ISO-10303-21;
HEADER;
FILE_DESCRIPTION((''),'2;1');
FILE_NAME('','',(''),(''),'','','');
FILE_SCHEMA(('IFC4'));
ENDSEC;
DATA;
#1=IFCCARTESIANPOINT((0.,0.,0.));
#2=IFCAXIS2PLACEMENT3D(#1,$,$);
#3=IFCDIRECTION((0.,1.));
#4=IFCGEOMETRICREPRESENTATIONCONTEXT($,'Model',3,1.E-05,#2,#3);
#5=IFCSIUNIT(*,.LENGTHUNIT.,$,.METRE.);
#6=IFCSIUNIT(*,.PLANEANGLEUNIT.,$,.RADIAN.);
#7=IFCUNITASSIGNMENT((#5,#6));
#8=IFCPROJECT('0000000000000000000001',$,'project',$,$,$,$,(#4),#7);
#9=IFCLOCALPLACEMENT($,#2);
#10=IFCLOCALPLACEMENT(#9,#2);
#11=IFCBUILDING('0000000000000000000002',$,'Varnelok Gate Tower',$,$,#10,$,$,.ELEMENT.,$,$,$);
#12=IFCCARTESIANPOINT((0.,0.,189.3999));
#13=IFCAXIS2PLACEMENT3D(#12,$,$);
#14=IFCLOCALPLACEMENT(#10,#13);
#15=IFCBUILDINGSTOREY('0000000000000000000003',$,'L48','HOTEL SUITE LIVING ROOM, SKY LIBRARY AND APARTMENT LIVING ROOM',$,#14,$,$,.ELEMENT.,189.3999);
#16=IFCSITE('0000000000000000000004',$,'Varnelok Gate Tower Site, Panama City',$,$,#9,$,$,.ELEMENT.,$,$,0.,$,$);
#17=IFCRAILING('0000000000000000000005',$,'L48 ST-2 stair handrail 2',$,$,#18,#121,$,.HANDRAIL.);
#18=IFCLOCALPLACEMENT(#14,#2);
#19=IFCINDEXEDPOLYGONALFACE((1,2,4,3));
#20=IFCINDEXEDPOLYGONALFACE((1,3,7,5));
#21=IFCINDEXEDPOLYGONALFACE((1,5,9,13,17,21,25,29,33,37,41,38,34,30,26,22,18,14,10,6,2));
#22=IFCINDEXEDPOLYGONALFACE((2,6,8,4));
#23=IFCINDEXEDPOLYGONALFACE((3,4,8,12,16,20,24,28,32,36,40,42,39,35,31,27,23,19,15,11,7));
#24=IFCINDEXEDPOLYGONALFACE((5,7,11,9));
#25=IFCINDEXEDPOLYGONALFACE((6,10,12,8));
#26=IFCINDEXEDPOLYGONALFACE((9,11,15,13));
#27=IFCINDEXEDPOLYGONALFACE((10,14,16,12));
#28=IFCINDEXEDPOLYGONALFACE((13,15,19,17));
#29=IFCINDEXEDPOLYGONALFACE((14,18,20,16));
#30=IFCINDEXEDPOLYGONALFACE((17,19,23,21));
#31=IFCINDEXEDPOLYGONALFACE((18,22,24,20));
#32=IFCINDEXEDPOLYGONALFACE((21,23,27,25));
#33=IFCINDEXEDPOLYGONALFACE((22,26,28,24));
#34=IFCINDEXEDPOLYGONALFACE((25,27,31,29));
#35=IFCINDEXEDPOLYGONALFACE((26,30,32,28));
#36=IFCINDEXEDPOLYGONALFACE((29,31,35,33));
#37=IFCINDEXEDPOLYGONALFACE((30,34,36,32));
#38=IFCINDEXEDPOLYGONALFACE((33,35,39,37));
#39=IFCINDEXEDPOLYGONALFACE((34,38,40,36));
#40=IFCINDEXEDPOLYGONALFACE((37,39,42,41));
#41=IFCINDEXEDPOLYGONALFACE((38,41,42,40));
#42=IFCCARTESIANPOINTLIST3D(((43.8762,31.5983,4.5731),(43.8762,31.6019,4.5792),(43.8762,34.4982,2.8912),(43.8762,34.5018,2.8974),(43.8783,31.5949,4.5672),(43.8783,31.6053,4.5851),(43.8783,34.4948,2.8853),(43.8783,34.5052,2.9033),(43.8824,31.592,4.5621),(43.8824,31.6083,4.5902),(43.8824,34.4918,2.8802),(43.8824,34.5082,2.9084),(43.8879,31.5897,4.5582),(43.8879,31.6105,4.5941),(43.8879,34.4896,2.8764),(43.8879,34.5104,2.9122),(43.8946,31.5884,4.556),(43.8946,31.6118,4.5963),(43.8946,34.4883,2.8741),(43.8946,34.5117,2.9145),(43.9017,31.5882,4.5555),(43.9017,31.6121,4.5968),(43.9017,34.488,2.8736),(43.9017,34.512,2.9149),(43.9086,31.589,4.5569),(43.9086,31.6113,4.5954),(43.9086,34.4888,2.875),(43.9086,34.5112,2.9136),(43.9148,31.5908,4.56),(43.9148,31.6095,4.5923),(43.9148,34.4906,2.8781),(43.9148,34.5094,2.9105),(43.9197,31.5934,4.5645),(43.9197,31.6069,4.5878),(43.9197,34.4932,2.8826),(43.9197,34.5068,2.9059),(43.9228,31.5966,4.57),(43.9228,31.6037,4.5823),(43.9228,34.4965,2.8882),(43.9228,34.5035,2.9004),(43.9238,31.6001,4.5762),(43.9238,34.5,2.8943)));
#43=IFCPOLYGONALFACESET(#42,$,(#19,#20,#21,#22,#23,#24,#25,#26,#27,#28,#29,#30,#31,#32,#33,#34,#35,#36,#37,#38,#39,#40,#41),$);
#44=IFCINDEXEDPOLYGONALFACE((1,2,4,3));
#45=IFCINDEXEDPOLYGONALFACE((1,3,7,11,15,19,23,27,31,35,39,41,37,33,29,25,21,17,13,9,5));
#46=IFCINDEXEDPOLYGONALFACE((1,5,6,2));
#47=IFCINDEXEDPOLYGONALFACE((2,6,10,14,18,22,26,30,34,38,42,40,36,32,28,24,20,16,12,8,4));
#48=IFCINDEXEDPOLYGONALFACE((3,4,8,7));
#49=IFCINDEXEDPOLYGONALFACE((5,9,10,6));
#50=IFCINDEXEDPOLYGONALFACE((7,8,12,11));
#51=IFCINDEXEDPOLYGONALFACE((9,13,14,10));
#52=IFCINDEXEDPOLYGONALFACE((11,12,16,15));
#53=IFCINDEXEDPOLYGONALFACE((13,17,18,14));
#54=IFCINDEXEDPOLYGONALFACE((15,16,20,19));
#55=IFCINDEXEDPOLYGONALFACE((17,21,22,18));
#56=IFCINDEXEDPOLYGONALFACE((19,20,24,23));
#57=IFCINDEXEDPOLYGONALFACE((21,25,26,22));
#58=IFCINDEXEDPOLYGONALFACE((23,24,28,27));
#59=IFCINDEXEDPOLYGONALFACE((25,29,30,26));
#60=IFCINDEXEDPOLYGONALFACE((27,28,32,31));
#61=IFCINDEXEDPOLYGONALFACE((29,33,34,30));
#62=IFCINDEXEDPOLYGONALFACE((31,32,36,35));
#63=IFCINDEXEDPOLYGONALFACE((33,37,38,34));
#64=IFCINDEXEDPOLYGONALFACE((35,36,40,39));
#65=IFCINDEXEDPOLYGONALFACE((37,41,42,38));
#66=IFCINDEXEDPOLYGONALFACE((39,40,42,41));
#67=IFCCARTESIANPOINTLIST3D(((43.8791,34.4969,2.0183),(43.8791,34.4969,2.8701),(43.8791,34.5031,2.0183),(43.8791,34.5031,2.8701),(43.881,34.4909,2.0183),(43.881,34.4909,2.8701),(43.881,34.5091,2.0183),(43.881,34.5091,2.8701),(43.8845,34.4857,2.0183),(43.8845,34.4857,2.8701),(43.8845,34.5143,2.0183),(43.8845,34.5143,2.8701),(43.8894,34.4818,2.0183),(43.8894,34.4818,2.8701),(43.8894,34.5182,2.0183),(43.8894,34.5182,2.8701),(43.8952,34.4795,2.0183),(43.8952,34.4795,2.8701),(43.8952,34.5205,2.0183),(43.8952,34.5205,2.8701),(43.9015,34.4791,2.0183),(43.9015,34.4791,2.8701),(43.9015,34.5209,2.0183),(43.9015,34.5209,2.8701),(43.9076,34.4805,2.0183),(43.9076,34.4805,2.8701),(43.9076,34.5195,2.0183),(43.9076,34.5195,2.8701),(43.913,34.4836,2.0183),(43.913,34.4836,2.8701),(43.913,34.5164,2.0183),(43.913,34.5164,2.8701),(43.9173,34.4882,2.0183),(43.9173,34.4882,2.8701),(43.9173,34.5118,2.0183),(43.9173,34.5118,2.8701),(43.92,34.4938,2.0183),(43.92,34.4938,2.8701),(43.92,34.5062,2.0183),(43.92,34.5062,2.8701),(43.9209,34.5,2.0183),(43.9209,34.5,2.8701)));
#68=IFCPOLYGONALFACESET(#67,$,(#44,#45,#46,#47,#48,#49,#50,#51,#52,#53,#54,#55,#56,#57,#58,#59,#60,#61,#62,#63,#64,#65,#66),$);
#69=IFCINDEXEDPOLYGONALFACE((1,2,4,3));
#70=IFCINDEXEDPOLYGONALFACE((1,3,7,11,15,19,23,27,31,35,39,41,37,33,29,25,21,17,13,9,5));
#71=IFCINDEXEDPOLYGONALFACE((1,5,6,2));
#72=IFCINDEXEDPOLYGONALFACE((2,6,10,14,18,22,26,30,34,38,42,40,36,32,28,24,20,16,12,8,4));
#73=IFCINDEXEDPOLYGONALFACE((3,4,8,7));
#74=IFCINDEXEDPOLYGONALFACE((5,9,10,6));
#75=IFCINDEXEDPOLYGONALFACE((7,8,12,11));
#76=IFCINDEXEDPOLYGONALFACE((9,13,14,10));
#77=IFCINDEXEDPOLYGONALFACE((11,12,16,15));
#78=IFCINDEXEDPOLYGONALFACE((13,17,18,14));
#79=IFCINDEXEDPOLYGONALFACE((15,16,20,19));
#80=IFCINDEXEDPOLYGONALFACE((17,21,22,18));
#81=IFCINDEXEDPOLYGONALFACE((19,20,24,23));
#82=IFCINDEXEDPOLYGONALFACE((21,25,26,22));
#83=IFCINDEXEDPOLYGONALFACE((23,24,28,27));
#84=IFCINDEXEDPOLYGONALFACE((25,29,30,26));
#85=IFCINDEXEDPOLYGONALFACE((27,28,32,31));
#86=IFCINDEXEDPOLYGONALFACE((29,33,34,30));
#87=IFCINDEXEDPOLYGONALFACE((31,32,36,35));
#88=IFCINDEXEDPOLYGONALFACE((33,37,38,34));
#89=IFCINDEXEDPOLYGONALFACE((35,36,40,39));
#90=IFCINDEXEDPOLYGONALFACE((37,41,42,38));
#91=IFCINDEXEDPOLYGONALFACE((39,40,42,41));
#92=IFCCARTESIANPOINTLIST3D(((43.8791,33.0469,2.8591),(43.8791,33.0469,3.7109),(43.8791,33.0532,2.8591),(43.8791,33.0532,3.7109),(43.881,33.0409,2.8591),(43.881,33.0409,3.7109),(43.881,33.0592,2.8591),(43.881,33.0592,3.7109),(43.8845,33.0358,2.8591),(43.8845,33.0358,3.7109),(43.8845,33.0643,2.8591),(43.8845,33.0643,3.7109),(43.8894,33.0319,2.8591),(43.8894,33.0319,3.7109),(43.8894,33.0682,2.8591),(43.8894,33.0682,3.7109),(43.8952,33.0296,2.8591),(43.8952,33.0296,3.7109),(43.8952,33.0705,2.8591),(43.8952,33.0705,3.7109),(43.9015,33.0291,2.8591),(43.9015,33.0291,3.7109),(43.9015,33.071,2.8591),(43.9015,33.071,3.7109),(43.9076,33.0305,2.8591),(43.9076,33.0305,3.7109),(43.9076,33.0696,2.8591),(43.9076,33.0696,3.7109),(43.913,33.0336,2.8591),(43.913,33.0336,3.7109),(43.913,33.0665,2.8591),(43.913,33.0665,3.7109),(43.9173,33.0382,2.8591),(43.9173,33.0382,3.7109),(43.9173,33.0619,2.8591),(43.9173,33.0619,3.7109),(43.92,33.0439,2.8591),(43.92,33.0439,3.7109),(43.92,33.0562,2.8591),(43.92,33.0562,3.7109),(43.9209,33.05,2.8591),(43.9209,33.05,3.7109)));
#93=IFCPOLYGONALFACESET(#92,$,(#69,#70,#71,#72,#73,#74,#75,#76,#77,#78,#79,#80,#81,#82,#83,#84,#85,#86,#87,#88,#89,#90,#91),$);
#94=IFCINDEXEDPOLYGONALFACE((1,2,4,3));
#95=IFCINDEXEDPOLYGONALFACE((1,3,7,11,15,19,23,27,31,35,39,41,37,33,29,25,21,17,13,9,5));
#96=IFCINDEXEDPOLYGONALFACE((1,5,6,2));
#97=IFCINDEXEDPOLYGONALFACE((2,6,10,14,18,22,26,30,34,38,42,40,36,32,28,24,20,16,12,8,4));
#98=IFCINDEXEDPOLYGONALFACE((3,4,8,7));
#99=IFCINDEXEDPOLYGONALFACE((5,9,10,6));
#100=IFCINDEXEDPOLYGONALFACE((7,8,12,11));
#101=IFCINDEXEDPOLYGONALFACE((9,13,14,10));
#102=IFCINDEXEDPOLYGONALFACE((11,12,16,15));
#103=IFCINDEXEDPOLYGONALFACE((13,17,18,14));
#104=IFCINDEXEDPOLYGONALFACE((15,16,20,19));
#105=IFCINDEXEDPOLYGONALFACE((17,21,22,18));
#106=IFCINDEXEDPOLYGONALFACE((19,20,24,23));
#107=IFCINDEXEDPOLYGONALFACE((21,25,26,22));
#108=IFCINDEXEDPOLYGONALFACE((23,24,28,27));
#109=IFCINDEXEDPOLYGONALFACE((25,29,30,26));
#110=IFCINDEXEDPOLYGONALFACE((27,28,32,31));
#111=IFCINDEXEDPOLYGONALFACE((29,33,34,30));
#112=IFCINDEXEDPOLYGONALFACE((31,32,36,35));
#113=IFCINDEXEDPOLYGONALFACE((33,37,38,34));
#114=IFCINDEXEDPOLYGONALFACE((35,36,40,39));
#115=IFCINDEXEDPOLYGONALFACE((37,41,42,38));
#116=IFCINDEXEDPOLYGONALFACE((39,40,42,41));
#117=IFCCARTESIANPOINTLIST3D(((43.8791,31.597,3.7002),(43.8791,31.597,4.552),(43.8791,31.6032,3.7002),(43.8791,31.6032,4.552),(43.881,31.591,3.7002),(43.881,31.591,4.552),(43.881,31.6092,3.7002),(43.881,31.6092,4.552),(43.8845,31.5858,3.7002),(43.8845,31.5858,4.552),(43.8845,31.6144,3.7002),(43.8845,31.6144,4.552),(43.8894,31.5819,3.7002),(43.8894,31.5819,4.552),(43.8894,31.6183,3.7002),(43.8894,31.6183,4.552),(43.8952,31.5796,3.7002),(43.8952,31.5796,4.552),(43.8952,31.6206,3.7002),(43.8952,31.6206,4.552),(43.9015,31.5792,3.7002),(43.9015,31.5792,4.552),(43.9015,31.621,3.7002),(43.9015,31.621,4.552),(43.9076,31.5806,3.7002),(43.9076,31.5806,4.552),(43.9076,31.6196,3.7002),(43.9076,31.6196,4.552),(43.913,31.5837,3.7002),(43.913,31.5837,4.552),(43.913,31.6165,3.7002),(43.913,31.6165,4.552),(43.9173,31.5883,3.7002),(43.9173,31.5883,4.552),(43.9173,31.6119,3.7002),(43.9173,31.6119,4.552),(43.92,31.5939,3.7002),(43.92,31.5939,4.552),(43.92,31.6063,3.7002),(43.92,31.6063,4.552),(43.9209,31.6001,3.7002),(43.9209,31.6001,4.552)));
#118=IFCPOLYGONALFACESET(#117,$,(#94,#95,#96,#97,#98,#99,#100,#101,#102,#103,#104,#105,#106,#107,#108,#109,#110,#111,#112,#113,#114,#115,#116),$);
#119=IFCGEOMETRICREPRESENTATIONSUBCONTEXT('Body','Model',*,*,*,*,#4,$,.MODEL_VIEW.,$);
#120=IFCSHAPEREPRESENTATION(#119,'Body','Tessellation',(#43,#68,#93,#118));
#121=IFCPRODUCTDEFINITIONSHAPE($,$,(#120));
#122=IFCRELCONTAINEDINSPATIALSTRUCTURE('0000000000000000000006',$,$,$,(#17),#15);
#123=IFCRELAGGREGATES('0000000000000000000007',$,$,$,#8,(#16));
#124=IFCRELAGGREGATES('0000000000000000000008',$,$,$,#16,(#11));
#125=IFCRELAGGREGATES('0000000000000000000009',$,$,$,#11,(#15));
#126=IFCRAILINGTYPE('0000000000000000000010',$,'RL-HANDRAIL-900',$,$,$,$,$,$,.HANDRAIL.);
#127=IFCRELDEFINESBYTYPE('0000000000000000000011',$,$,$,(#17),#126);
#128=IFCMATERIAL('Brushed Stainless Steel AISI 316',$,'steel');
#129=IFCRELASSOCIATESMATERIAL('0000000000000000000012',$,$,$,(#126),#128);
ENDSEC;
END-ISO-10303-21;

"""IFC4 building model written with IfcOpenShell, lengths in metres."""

from ifc_helpers import new_model, si_unit, direction, frame, origin, origin_2d, place, context, subcontext, project, spatial, circle, extrude, material, type_object, element, save


model = new_model("IFC4")

# Units and contexts
model_context = context("Model", 3, precision=1e-05, world=origin(), true_north=direction((0.0, 1.0)))
body_context = subcontext(model_context, "Body", "Model", "MODEL_VIEW")
ifc_project = project(units=[si_unit("LENGTHUNIT", "METRE"), si_unit("PLANEANGLEUNIT", "RADIAN")], contexts=[model_context])

# Site, building, storey
site_placement = place(None, origin())
site = spatial("IfcSite", under=ifc_project, at=site_placement, Name="Varnelok Gate Tower Site, Panama City", CompositionType="ELEMENT", RefElevation=0.0)
building_placement = place(site_placement, origin())
building = spatial("IfcBuilding", under=site, at=building_placement, Name="Varnelok Gate Tower", CompositionType="ELEMENT")
storey_placement = place(building_placement, frame((0.0, 0.0, 189.3999)))
storey = spatial("IfcBuildingStorey", under=building, at=storey_placement, Name="L48", Description="HOTEL SUITE LIVING ROOM, SKY LIBRARY AND APARTMENT LIVING ROOM", CompositionType="ELEMENT", Elevation=189.3999)

# Railing
ifc_material_1 = material(Name="Brushed Stainless Steel AISI 316", Category="steel")
railing_type_1 = type_object("IfcRailingType", Name="RL-HANDRAIL-900", PredefinedType="HANDRAIL", material=ifc_material_1)
railing_1_placement = place(storey_placement, frame((43.8999, 34.5, 2.0183)))
element("IfcRailing", 1, at=railing_1_placement, inside=storey, type_object=railing_type_1, Name="L48 ST-2 stair handrail 2", PredefinedType="HANDRAIL", context=body_context, shape_type="SweptSolid", body=[
    extrude(circle(Radius=0.0239, at=origin_2d()), frame((0.0, 0.0, 0.876), z_axis=(0.0, -0.865039, 0.501705), x_axis=(1.0, 0.0, 0.0)), (0.0, 0.0, 1.0), 3.3523),
    extrude(circle(Radius=0.021, at=origin_2d()), origin(), (0.0, 0.0, 1.0), 0.8518),
    extrude(circle(Radius=0.021, at=origin_2d()), frame((0.0, -1.45, 0.8408)), (0.0, 0.0, 1.0), 0.8518),
    extrude(circle(Radius=0.021, at=origin_2d()), frame((0.0, -2.8999, 1.6819)), (0.0, 0.0, 1.0), 0.8518),
])

save(model, "model.ifc")
